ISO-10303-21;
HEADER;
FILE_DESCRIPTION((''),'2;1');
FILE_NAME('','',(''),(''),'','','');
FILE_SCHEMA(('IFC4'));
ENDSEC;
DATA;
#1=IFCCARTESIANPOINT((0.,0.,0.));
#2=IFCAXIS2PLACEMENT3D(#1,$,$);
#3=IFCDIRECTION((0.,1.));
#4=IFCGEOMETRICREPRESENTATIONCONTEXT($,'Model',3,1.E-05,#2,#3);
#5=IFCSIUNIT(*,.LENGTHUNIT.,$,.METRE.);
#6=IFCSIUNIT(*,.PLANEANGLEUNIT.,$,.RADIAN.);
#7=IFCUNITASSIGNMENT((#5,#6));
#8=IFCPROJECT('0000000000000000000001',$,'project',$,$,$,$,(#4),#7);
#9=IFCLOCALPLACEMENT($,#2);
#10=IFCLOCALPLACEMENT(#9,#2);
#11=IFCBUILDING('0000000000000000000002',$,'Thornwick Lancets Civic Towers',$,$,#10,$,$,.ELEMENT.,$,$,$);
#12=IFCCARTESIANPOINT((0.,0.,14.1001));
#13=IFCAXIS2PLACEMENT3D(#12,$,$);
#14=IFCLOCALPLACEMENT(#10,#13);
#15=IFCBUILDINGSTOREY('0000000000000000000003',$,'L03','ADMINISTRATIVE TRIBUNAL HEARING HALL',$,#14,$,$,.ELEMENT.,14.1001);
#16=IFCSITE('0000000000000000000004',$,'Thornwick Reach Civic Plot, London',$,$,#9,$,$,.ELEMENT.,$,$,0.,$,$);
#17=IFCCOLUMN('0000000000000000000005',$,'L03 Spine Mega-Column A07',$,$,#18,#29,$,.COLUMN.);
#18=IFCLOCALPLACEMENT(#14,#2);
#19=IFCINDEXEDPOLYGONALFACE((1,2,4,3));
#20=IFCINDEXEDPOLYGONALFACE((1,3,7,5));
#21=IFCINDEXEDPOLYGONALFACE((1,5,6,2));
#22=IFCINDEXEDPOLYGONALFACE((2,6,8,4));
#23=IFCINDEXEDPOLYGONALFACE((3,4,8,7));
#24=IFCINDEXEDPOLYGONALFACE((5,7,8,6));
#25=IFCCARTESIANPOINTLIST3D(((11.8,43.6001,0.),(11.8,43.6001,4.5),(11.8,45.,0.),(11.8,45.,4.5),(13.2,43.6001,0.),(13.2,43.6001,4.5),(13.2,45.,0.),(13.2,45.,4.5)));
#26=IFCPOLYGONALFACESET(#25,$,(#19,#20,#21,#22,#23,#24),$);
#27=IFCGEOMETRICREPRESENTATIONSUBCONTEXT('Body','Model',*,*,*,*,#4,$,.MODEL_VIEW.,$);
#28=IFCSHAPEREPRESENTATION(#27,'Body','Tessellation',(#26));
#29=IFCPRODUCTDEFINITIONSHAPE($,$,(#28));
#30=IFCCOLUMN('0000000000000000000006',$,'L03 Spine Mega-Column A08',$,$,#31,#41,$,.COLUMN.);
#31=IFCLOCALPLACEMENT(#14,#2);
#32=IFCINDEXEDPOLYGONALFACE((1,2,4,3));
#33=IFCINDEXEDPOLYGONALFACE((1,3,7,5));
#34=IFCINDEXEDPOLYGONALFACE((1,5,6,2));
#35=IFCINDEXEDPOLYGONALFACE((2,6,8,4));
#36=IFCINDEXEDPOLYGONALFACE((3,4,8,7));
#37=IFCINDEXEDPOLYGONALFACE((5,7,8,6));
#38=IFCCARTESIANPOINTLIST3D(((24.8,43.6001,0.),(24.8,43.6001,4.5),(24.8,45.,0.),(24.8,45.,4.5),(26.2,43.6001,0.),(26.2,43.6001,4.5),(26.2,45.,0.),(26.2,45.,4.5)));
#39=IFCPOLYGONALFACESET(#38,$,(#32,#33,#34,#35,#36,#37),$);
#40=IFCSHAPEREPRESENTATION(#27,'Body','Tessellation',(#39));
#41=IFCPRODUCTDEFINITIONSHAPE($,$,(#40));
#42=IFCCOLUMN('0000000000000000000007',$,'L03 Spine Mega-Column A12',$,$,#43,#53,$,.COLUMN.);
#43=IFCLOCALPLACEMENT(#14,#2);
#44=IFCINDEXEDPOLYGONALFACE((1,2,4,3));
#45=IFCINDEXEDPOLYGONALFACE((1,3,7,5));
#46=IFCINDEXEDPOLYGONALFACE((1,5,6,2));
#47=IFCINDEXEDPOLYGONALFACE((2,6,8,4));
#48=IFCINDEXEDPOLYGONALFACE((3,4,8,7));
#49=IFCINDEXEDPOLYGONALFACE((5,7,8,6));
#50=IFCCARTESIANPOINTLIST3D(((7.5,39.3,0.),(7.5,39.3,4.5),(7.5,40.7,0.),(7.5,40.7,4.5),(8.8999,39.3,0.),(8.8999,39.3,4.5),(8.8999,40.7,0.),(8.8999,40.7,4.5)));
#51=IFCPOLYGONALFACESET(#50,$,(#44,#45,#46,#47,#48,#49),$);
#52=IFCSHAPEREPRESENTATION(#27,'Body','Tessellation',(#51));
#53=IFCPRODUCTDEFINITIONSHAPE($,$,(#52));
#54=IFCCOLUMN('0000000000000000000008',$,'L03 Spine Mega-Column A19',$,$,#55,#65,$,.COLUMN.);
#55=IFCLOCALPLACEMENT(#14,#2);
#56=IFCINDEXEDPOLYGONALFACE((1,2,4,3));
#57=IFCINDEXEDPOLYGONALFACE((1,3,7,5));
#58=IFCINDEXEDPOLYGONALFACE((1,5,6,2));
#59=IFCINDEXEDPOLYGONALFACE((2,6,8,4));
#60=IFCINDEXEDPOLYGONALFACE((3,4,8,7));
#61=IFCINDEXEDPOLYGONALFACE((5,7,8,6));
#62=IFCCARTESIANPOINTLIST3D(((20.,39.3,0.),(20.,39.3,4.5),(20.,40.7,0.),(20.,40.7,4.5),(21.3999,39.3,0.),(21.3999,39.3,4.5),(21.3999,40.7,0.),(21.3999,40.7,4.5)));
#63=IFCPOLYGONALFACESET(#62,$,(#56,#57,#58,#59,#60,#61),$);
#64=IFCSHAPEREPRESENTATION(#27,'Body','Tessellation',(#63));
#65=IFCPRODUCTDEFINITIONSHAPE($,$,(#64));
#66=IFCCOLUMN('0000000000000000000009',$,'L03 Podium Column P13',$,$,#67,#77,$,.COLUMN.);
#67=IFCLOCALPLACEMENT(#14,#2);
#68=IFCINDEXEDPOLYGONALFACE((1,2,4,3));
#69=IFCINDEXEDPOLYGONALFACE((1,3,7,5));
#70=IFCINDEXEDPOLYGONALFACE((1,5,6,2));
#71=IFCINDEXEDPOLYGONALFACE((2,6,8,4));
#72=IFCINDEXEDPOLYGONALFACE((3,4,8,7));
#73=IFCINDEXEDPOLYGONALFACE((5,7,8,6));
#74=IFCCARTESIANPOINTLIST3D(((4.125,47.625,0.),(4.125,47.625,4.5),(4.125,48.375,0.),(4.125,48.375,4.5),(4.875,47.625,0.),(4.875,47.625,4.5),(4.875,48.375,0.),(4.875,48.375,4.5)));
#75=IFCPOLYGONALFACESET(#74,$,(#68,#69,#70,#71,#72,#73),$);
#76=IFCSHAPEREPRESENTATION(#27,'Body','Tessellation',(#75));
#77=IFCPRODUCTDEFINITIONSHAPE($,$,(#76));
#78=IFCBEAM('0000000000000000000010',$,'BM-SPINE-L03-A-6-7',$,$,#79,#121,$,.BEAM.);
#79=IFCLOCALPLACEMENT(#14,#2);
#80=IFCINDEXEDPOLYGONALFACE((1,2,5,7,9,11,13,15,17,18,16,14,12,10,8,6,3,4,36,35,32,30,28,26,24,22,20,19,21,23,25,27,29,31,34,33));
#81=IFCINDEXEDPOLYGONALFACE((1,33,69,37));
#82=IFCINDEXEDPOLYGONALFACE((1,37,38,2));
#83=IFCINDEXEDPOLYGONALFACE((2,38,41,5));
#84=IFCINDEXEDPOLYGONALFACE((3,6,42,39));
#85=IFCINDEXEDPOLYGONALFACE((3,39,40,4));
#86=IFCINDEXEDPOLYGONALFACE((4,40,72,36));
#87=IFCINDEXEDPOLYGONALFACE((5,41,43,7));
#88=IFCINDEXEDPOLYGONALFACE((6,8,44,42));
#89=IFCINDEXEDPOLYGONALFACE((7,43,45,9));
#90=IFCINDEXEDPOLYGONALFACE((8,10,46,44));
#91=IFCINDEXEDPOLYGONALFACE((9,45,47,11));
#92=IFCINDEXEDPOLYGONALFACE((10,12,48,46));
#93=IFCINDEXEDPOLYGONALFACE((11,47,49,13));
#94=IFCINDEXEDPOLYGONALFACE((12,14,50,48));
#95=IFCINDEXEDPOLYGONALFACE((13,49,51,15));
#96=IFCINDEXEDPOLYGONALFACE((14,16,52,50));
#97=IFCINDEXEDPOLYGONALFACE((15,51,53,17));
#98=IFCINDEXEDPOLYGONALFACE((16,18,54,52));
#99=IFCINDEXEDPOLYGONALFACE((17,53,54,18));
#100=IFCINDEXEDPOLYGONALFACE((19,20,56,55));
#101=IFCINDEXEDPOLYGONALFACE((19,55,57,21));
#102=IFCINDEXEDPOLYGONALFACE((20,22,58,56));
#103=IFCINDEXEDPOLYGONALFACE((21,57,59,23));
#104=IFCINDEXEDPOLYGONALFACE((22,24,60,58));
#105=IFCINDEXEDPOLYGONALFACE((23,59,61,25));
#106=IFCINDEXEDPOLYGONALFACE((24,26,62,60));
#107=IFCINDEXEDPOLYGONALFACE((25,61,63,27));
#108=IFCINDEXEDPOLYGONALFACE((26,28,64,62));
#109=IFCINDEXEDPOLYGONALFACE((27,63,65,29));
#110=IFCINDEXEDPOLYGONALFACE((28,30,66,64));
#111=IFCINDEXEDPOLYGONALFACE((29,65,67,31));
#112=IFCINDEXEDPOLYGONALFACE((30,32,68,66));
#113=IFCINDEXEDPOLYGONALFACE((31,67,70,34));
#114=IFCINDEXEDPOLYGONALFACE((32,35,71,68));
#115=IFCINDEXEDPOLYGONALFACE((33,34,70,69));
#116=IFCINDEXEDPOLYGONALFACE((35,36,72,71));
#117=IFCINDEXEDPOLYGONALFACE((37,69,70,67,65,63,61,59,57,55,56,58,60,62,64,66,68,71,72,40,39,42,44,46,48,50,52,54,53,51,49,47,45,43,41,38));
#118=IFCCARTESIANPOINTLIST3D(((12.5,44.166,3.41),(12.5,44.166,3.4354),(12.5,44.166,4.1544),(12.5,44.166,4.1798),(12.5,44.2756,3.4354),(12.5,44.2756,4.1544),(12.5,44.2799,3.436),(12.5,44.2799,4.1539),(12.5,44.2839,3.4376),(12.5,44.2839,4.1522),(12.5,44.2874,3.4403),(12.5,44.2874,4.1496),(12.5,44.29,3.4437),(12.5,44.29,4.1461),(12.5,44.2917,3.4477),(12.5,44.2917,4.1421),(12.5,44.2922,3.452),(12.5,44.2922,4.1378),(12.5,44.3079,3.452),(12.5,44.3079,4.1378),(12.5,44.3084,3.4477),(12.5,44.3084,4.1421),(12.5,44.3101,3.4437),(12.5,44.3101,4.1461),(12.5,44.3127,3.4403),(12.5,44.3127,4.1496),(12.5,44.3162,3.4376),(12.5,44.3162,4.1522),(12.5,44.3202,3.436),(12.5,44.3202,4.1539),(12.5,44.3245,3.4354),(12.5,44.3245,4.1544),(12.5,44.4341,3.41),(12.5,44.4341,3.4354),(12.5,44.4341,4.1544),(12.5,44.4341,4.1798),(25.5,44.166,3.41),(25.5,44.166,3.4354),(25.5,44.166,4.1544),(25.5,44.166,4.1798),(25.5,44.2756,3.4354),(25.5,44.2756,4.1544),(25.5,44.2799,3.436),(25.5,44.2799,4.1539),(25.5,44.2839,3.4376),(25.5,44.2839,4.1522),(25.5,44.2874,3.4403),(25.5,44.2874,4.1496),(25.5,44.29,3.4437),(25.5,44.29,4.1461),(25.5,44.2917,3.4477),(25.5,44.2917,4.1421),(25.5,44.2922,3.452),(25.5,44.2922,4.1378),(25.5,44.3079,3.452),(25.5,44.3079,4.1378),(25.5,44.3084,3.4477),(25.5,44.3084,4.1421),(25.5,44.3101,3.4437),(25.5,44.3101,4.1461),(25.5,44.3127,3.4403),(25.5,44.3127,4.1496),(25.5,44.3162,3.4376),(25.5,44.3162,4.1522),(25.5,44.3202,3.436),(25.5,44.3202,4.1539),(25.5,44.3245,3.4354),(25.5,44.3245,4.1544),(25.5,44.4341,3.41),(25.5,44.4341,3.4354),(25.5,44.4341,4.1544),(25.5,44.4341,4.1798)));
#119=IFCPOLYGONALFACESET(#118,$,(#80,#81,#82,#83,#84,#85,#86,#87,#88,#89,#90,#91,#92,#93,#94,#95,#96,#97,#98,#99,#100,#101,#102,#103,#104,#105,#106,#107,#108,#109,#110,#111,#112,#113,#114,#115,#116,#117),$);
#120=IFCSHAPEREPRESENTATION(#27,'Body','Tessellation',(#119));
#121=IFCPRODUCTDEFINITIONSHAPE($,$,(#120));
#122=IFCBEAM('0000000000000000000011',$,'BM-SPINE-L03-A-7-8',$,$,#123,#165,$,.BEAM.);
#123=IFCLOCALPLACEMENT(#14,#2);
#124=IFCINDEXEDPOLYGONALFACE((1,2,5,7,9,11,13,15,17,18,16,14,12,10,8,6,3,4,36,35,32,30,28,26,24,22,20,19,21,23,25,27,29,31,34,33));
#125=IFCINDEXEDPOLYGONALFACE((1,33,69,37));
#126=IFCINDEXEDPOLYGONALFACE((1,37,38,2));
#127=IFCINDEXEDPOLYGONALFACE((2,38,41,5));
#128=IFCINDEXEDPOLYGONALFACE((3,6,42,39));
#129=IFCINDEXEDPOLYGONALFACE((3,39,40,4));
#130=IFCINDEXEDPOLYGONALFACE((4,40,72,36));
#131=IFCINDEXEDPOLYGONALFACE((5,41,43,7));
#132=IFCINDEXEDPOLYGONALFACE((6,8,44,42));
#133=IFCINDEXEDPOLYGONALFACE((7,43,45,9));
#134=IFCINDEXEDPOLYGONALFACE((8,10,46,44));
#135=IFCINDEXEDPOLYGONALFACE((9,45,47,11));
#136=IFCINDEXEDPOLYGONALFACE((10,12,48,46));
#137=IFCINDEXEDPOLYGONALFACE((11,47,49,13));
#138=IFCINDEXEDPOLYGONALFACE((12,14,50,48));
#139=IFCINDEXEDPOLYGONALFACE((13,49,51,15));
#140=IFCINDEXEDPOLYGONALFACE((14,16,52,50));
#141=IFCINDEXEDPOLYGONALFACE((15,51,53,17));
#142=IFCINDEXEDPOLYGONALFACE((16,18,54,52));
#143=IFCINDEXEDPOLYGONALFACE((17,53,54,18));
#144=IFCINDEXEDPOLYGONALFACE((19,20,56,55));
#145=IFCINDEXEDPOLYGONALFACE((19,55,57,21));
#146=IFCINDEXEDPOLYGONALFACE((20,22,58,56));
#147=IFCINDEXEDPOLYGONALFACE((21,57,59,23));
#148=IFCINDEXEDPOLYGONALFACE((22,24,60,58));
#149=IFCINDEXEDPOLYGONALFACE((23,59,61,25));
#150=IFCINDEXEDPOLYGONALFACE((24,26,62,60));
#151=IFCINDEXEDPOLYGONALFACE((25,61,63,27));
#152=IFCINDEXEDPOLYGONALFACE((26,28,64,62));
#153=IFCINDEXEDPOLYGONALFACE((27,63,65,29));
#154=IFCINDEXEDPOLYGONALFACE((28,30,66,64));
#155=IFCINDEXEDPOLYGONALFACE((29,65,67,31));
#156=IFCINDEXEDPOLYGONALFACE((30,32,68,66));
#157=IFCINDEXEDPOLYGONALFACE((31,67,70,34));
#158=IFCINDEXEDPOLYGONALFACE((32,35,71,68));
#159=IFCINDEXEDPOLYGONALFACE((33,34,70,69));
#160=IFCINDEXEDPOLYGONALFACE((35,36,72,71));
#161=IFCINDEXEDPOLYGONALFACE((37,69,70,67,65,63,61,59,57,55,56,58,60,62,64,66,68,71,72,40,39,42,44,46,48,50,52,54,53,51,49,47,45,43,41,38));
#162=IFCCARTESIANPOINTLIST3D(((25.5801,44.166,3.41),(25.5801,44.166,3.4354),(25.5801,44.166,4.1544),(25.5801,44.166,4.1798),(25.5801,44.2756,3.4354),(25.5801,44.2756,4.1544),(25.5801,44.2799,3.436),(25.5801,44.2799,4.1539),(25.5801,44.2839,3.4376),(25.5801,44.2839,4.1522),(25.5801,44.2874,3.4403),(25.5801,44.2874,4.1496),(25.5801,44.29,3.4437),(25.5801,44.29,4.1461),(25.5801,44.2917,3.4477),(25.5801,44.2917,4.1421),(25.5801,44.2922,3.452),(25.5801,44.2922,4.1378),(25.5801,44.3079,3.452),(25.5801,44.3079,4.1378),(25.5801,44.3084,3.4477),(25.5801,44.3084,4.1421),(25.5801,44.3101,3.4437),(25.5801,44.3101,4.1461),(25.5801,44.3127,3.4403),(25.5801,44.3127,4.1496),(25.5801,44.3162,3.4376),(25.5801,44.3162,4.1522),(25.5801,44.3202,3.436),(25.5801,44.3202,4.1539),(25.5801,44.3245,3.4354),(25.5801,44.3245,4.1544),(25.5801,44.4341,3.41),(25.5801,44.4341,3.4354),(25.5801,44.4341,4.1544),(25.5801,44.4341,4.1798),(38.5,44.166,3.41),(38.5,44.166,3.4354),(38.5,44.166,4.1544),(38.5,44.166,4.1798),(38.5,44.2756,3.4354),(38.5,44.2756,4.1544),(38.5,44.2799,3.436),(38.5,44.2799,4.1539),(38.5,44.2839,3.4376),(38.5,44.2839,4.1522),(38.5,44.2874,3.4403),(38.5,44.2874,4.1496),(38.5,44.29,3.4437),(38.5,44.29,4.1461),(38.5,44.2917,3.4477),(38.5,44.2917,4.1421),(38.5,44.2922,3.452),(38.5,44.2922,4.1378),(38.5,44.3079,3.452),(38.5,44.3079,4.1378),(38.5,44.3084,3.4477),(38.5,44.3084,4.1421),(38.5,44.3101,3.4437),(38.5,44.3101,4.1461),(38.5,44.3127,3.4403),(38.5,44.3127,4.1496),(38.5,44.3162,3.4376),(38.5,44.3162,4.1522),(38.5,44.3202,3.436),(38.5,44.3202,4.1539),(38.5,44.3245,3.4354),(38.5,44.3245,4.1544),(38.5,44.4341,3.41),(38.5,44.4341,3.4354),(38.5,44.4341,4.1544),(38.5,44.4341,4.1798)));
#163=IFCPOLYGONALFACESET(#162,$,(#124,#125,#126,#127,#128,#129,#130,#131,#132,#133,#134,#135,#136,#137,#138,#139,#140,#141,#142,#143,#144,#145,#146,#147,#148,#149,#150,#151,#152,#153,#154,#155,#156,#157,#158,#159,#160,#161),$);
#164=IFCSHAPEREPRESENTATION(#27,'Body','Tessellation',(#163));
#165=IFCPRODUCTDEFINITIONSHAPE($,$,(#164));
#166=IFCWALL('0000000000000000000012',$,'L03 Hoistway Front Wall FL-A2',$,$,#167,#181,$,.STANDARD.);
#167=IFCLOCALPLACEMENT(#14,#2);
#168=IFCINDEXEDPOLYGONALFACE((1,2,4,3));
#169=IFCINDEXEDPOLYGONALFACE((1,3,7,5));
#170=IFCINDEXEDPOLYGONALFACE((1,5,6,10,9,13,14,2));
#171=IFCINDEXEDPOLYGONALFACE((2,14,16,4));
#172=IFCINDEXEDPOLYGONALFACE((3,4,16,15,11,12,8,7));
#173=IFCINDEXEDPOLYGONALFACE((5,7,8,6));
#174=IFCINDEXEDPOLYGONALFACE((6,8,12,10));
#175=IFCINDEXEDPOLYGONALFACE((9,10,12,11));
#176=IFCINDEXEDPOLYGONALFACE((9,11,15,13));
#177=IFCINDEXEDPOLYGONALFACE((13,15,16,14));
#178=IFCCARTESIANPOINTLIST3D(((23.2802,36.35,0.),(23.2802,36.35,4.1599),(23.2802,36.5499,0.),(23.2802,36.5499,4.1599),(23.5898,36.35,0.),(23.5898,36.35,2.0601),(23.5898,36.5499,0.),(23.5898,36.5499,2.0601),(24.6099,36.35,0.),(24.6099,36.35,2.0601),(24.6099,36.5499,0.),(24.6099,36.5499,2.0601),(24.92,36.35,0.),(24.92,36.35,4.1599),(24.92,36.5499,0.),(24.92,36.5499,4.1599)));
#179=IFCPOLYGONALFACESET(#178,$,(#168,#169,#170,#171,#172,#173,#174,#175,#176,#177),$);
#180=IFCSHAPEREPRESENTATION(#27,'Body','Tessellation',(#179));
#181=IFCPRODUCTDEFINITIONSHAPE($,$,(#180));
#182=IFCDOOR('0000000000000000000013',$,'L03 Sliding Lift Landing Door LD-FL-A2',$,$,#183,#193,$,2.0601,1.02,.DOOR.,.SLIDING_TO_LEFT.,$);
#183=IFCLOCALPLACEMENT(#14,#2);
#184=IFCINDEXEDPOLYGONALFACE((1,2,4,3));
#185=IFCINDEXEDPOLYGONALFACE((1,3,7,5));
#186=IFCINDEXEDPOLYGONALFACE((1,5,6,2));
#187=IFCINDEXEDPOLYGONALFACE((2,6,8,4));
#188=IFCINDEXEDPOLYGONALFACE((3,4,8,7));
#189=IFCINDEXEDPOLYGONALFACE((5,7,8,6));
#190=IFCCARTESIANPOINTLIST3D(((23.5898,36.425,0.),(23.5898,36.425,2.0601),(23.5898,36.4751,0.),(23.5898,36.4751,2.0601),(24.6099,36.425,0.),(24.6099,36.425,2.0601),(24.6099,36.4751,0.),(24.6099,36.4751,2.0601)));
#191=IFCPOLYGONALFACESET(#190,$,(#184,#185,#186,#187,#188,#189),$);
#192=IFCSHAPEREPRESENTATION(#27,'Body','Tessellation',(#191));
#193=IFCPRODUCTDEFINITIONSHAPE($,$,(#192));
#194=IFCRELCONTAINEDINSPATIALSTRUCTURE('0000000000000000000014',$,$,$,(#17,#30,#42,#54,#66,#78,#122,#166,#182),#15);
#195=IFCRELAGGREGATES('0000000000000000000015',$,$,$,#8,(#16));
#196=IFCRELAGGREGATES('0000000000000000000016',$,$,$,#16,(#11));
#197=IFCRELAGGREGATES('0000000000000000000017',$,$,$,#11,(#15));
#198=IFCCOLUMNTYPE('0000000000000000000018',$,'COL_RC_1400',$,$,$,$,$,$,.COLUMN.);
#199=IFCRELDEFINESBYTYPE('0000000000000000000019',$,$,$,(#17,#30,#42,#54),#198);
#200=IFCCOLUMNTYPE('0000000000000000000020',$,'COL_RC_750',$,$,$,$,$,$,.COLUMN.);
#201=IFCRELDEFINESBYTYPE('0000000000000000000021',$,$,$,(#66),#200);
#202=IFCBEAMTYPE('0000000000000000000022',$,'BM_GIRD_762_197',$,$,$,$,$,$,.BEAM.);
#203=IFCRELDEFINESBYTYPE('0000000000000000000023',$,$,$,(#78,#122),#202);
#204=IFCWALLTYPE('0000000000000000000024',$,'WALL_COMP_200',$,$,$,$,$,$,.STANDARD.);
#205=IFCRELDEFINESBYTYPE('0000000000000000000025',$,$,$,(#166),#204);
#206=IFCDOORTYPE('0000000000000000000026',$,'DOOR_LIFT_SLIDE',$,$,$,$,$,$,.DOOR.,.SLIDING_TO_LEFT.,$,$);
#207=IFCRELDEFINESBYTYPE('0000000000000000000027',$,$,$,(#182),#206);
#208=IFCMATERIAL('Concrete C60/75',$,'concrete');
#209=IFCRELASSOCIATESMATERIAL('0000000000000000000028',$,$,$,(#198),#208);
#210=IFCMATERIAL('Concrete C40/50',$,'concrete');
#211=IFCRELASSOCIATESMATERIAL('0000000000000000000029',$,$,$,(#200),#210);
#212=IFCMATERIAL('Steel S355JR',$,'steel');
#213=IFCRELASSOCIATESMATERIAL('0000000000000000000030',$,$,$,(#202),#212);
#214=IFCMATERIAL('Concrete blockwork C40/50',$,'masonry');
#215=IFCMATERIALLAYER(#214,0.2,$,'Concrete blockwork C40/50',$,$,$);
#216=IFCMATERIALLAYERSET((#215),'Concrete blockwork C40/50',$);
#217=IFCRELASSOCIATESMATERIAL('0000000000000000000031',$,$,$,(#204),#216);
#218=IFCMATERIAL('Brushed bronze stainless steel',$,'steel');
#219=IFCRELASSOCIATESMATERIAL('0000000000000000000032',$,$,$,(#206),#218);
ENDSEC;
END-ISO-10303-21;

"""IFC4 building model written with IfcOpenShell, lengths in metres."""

from ifc_helpers import new_model, si_unit, direction, frame, frame_2d, origin, origin_2d, place, context, subcontext, project, spatial, rectangle, i_section, extrude, material, layer, layer_set, material_profile, profile_set, type_object, element, fill, save


model = new_model("IFC4")

# Units and contexts
model_context = context("Model", 3, precision=1e-05, world=origin(), true_north=direction((0.0, 1.0)))
body_context = subcontext(model_context, "Body", "Model", "MODEL_VIEW")
ifc_project = project(units=[si_unit("LENGTHUNIT", "METRE"), si_unit("PLANEANGLEUNIT", "RADIAN")], contexts=[model_context])

# Site, building, storey
site_placement = place(None, origin())
site = spatial("IfcSite", under=ifc_project, at=site_placement, Name="Thornwick Reach Civic Plot, London", CompositionType="ELEMENT", RefElevation=0.0)
building_placement = place(site_placement, origin())
building = spatial("IfcBuilding", under=site, at=building_placement, Name="Thornwick Lancets Civic Towers", CompositionType="ELEMENT")
storey_placement = place(building_placement, frame((0.0, 0.0, 14.1001)))
storey = spatial("IfcBuildingStorey", under=building, at=storey_placement, Name="L03", Description="ADMINISTRATIVE TRIBUNAL HEARING HALL", CompositionType="ELEMENT", Elevation=14.1001)

# Columns
ifc_material_1 = material(Name="Concrete C60/75", Category="concrete")
ifc_material_profile_1 = material_profile(ifc_material_1, rectangle(XDim=1.3999, YDim=1.3999, at=origin_2d()), Name="RC 1400x1400")
ifc_profile_set_1 = profile_set([ifc_material_profile_1], Name="Concrete C60/75")
column_type_1 = type_object("IfcColumnType", Name="COL_RC_1400", PredefinedType="COLUMN", material=ifc_profile_set_1)
for number, where, z_axis, x_axis, name in (
    (1, (12.5, 44.3, 0.0), (0.0, 0.0, 1.0), (1.0, 0.0, 0.0), "L03 Spine Mega-Column A07"),
    (2, (25.5, 44.3, 0.0), (0.0, 0.0, 1.0), (1.0, 0.0, 0.0), "L03 Spine Mega-Column A08"),
    (3, (8.2, 40.0, 0.0), (0.0, 0.0, 1.0), (1.0, 0.0, 0.0), "L03 Spine Mega-Column A12"),
    (4, (20.7, 40.0, 0.0), (0.0, 0.0, 1.0), (1.0, 0.0, 0.0), "L03 Spine Mega-Column A19"),
):
    element("IfcColumn", number, at=place(storey_placement, frame(where, z_axis=z_axis, x_axis=x_axis)), inside=storey, type_object=column_type_1, Name=name, PredefinedType="COLUMN", context=body_context, shape_type="SweptSolid", body=[
        extrude(rectangle(XDim=1.3999, YDim=1.3999, at=origin_2d()), origin(), (0.0, 0.0, 1.0), 4.5),
    ])
ifc_material_2 = material(Name="Concrete C40/50", Category="concrete")
ifc_material_profile_2 = material_profile(ifc_material_2, rectangle(XDim=0.75, YDim=0.75, at=origin_2d()), Name="RC 750x750")
ifc_profile_set_2 = profile_set([ifc_material_profile_2], Name="Concrete C40/50")
column_type_2 = type_object("IfcColumnType", Name="COL_RC_750", PredefinedType="COLUMN", material=ifc_profile_set_2)
column_placement = place(storey_placement, frame((4.5, 48.0, 0.0), z_axis=(0.0, 0.0, 1.0), x_axis=(1.0, 0.0, 0.0)))
element("IfcColumn", 5, at=column_placement, inside=storey, type_object=column_type_2, Name="L03 Podium Column P13", PredefinedType="COLUMN", context=body_context, shape_type="SweptSolid", body=[
    extrude(rectangle(XDim=0.75, YDim=0.75, at=origin_2d()), origin(), (0.0, 0.0, 1.0), 4.5),
])

# Beams
ifc_material_3 = material(Name="Steel S355JR", Category="steel")
ifc_material_profile_3 = material_profile(ifc_material_3, i_section(OverallWidth=0.2681, OverallDepth=0.7698, WebThickness=0.0156, FlangeThickness=0.0254, FilletRadius=0.0166, at=origin_2d()), Name="UKB 762x267x197")
ifc_profile_set_3 = profile_set([ifc_material_profile_3], Name="Steel S355JR")
beam_type = type_object("IfcBeamType", Name="BM_GIRD_762_197", PredefinedType="BEAM", material=ifc_profile_set_3)
beam_1_placement = place(storey_placement, frame((12.5, 44.3, 3.7949), z_axis=(1.0, 0.0, 0.0), x_axis=(0.0, 1.0, 0.0)))
element("IfcBeam", 6, at=beam_1_placement, inside=storey, type_object=beam_type, Name="BM-SPINE-L03-A-6-7", PredefinedType="BEAM", context=body_context, shape_type="SweptSolid", body=[
    extrude(i_section(OverallWidth=0.2681, OverallDepth=0.7698, WebThickness=0.0156, FlangeThickness=0.0254, FilletRadius=0.0166, at=origin_2d()), origin(), (0.0, 0.0, 1.0), 13.0),
])
beam_2_placement = place(storey_placement, frame((25.5801, 44.3, 3.7949), z_axis=(1.0, 0.0, 0.0), x_axis=(0.0, 1.0, 0.0)))
element("IfcBeam", 7, at=beam_2_placement, inside=storey, type_object=beam_type, Name="BM-SPINE-L03-A-7-8", PredefinedType="BEAM", context=body_context, shape_type="SweptSolid", body=[
    extrude(i_section(OverallWidth=0.2681, OverallDepth=0.7698, WebThickness=0.0156, FlangeThickness=0.0254, FilletRadius=0.0166, at=origin_2d()), origin(), (0.0, 0.0, 1.0), 12.9199),
])

# Wall, opening, door
ifc_material_4 = material(Name="Concrete blockwork C40/50", Category="masonry")
ifc_layer_1 = layer(ifc_material_4, 0.2, Name="Concrete blockwork C40/50")
ifc_layer_set_1 = layer_set([ifc_layer_1], Name="Concrete blockwork C40/50")
wall_type_1 = type_object("IfcWallType", Name="WALL_COMP_200", PredefinedType="STANDARD", material=ifc_layer_set_1)
wall_1_placement = place(storey_placement, frame((24.9199, 36.45, 0.0), z_axis=(0.0, 0.0, 1.0), x_axis=(-1.0, 0.0, 0.0)))
wall_1 = element("IfcWall", 8, at=wall_1_placement, inside=storey, type_object=wall_type_1, Name="L03 Hoistway Front Wall FL-A2", PredefinedType="STANDARD", context=body_context, shape_type="SweptSolid", body=[
    extrude(rectangle(XDim=1.6399, YDim=0.2, at=frame_2d((0.8198, 0.0))), origin(), (0.0, 0.0, 1.0), 4.1599),
])
opening_1_placement = place(wall_1_placement, frame((0.3101, 0.0, 0.0)))
opening_1 = element("IfcOpeningElement", 9, at=opening_1_placement, cuts=wall_1, PredefinedType="OPENING", context=body_context, shape_type="SweptSolid", body=[
    extrude(rectangle(XDim=1.02, YDim=2.0601, at=frame_2d((0.51, 1.03))), frame((0.0, 0.1099, 0.0), z_axis=(0.0, -1.0, 0.0), x_axis=(1.0, 0.0, 0.0)), (0.0, 0.0, 1.0), 0.22),
])
ifc_material_5 = material(Name="Brushed bronze stainless steel", Category="steel")
door_type_1 = type_object("IfcDoorType", Name="DOOR_LIFT_SLIDE", OperationType="SLIDING_TO_LEFT", PredefinedType="DOOR", material=ifc_material_5)
door_1_placement = place(opening_1_placement, origin())
door_1 = element("IfcDoor", 10, at=door_1_placement, inside=storey, type_object=door_type_1, Name="L03 Sliding Lift Landing Door LD-FL-A2", OperationType="SLIDING_TO_LEFT", OverallHeight=2.0601, OverallWidth=1.02, PredefinedType="DOOR", context=body_context, shape_type="SweptSolid", body=[
    extrude(rectangle(XDim=1.02, YDim=2.0601, at=frame_2d((0.51, 1.03))), frame((0.0, 0.0249, 0.0), z_axis=(0.0, -1.0, 0.0), x_axis=(1.0, 0.0, 0.0)), (0.0, 0.0, 1.0), 0.05),
])
fill(opening_1, door_1)

save(model, "model.ifc")
